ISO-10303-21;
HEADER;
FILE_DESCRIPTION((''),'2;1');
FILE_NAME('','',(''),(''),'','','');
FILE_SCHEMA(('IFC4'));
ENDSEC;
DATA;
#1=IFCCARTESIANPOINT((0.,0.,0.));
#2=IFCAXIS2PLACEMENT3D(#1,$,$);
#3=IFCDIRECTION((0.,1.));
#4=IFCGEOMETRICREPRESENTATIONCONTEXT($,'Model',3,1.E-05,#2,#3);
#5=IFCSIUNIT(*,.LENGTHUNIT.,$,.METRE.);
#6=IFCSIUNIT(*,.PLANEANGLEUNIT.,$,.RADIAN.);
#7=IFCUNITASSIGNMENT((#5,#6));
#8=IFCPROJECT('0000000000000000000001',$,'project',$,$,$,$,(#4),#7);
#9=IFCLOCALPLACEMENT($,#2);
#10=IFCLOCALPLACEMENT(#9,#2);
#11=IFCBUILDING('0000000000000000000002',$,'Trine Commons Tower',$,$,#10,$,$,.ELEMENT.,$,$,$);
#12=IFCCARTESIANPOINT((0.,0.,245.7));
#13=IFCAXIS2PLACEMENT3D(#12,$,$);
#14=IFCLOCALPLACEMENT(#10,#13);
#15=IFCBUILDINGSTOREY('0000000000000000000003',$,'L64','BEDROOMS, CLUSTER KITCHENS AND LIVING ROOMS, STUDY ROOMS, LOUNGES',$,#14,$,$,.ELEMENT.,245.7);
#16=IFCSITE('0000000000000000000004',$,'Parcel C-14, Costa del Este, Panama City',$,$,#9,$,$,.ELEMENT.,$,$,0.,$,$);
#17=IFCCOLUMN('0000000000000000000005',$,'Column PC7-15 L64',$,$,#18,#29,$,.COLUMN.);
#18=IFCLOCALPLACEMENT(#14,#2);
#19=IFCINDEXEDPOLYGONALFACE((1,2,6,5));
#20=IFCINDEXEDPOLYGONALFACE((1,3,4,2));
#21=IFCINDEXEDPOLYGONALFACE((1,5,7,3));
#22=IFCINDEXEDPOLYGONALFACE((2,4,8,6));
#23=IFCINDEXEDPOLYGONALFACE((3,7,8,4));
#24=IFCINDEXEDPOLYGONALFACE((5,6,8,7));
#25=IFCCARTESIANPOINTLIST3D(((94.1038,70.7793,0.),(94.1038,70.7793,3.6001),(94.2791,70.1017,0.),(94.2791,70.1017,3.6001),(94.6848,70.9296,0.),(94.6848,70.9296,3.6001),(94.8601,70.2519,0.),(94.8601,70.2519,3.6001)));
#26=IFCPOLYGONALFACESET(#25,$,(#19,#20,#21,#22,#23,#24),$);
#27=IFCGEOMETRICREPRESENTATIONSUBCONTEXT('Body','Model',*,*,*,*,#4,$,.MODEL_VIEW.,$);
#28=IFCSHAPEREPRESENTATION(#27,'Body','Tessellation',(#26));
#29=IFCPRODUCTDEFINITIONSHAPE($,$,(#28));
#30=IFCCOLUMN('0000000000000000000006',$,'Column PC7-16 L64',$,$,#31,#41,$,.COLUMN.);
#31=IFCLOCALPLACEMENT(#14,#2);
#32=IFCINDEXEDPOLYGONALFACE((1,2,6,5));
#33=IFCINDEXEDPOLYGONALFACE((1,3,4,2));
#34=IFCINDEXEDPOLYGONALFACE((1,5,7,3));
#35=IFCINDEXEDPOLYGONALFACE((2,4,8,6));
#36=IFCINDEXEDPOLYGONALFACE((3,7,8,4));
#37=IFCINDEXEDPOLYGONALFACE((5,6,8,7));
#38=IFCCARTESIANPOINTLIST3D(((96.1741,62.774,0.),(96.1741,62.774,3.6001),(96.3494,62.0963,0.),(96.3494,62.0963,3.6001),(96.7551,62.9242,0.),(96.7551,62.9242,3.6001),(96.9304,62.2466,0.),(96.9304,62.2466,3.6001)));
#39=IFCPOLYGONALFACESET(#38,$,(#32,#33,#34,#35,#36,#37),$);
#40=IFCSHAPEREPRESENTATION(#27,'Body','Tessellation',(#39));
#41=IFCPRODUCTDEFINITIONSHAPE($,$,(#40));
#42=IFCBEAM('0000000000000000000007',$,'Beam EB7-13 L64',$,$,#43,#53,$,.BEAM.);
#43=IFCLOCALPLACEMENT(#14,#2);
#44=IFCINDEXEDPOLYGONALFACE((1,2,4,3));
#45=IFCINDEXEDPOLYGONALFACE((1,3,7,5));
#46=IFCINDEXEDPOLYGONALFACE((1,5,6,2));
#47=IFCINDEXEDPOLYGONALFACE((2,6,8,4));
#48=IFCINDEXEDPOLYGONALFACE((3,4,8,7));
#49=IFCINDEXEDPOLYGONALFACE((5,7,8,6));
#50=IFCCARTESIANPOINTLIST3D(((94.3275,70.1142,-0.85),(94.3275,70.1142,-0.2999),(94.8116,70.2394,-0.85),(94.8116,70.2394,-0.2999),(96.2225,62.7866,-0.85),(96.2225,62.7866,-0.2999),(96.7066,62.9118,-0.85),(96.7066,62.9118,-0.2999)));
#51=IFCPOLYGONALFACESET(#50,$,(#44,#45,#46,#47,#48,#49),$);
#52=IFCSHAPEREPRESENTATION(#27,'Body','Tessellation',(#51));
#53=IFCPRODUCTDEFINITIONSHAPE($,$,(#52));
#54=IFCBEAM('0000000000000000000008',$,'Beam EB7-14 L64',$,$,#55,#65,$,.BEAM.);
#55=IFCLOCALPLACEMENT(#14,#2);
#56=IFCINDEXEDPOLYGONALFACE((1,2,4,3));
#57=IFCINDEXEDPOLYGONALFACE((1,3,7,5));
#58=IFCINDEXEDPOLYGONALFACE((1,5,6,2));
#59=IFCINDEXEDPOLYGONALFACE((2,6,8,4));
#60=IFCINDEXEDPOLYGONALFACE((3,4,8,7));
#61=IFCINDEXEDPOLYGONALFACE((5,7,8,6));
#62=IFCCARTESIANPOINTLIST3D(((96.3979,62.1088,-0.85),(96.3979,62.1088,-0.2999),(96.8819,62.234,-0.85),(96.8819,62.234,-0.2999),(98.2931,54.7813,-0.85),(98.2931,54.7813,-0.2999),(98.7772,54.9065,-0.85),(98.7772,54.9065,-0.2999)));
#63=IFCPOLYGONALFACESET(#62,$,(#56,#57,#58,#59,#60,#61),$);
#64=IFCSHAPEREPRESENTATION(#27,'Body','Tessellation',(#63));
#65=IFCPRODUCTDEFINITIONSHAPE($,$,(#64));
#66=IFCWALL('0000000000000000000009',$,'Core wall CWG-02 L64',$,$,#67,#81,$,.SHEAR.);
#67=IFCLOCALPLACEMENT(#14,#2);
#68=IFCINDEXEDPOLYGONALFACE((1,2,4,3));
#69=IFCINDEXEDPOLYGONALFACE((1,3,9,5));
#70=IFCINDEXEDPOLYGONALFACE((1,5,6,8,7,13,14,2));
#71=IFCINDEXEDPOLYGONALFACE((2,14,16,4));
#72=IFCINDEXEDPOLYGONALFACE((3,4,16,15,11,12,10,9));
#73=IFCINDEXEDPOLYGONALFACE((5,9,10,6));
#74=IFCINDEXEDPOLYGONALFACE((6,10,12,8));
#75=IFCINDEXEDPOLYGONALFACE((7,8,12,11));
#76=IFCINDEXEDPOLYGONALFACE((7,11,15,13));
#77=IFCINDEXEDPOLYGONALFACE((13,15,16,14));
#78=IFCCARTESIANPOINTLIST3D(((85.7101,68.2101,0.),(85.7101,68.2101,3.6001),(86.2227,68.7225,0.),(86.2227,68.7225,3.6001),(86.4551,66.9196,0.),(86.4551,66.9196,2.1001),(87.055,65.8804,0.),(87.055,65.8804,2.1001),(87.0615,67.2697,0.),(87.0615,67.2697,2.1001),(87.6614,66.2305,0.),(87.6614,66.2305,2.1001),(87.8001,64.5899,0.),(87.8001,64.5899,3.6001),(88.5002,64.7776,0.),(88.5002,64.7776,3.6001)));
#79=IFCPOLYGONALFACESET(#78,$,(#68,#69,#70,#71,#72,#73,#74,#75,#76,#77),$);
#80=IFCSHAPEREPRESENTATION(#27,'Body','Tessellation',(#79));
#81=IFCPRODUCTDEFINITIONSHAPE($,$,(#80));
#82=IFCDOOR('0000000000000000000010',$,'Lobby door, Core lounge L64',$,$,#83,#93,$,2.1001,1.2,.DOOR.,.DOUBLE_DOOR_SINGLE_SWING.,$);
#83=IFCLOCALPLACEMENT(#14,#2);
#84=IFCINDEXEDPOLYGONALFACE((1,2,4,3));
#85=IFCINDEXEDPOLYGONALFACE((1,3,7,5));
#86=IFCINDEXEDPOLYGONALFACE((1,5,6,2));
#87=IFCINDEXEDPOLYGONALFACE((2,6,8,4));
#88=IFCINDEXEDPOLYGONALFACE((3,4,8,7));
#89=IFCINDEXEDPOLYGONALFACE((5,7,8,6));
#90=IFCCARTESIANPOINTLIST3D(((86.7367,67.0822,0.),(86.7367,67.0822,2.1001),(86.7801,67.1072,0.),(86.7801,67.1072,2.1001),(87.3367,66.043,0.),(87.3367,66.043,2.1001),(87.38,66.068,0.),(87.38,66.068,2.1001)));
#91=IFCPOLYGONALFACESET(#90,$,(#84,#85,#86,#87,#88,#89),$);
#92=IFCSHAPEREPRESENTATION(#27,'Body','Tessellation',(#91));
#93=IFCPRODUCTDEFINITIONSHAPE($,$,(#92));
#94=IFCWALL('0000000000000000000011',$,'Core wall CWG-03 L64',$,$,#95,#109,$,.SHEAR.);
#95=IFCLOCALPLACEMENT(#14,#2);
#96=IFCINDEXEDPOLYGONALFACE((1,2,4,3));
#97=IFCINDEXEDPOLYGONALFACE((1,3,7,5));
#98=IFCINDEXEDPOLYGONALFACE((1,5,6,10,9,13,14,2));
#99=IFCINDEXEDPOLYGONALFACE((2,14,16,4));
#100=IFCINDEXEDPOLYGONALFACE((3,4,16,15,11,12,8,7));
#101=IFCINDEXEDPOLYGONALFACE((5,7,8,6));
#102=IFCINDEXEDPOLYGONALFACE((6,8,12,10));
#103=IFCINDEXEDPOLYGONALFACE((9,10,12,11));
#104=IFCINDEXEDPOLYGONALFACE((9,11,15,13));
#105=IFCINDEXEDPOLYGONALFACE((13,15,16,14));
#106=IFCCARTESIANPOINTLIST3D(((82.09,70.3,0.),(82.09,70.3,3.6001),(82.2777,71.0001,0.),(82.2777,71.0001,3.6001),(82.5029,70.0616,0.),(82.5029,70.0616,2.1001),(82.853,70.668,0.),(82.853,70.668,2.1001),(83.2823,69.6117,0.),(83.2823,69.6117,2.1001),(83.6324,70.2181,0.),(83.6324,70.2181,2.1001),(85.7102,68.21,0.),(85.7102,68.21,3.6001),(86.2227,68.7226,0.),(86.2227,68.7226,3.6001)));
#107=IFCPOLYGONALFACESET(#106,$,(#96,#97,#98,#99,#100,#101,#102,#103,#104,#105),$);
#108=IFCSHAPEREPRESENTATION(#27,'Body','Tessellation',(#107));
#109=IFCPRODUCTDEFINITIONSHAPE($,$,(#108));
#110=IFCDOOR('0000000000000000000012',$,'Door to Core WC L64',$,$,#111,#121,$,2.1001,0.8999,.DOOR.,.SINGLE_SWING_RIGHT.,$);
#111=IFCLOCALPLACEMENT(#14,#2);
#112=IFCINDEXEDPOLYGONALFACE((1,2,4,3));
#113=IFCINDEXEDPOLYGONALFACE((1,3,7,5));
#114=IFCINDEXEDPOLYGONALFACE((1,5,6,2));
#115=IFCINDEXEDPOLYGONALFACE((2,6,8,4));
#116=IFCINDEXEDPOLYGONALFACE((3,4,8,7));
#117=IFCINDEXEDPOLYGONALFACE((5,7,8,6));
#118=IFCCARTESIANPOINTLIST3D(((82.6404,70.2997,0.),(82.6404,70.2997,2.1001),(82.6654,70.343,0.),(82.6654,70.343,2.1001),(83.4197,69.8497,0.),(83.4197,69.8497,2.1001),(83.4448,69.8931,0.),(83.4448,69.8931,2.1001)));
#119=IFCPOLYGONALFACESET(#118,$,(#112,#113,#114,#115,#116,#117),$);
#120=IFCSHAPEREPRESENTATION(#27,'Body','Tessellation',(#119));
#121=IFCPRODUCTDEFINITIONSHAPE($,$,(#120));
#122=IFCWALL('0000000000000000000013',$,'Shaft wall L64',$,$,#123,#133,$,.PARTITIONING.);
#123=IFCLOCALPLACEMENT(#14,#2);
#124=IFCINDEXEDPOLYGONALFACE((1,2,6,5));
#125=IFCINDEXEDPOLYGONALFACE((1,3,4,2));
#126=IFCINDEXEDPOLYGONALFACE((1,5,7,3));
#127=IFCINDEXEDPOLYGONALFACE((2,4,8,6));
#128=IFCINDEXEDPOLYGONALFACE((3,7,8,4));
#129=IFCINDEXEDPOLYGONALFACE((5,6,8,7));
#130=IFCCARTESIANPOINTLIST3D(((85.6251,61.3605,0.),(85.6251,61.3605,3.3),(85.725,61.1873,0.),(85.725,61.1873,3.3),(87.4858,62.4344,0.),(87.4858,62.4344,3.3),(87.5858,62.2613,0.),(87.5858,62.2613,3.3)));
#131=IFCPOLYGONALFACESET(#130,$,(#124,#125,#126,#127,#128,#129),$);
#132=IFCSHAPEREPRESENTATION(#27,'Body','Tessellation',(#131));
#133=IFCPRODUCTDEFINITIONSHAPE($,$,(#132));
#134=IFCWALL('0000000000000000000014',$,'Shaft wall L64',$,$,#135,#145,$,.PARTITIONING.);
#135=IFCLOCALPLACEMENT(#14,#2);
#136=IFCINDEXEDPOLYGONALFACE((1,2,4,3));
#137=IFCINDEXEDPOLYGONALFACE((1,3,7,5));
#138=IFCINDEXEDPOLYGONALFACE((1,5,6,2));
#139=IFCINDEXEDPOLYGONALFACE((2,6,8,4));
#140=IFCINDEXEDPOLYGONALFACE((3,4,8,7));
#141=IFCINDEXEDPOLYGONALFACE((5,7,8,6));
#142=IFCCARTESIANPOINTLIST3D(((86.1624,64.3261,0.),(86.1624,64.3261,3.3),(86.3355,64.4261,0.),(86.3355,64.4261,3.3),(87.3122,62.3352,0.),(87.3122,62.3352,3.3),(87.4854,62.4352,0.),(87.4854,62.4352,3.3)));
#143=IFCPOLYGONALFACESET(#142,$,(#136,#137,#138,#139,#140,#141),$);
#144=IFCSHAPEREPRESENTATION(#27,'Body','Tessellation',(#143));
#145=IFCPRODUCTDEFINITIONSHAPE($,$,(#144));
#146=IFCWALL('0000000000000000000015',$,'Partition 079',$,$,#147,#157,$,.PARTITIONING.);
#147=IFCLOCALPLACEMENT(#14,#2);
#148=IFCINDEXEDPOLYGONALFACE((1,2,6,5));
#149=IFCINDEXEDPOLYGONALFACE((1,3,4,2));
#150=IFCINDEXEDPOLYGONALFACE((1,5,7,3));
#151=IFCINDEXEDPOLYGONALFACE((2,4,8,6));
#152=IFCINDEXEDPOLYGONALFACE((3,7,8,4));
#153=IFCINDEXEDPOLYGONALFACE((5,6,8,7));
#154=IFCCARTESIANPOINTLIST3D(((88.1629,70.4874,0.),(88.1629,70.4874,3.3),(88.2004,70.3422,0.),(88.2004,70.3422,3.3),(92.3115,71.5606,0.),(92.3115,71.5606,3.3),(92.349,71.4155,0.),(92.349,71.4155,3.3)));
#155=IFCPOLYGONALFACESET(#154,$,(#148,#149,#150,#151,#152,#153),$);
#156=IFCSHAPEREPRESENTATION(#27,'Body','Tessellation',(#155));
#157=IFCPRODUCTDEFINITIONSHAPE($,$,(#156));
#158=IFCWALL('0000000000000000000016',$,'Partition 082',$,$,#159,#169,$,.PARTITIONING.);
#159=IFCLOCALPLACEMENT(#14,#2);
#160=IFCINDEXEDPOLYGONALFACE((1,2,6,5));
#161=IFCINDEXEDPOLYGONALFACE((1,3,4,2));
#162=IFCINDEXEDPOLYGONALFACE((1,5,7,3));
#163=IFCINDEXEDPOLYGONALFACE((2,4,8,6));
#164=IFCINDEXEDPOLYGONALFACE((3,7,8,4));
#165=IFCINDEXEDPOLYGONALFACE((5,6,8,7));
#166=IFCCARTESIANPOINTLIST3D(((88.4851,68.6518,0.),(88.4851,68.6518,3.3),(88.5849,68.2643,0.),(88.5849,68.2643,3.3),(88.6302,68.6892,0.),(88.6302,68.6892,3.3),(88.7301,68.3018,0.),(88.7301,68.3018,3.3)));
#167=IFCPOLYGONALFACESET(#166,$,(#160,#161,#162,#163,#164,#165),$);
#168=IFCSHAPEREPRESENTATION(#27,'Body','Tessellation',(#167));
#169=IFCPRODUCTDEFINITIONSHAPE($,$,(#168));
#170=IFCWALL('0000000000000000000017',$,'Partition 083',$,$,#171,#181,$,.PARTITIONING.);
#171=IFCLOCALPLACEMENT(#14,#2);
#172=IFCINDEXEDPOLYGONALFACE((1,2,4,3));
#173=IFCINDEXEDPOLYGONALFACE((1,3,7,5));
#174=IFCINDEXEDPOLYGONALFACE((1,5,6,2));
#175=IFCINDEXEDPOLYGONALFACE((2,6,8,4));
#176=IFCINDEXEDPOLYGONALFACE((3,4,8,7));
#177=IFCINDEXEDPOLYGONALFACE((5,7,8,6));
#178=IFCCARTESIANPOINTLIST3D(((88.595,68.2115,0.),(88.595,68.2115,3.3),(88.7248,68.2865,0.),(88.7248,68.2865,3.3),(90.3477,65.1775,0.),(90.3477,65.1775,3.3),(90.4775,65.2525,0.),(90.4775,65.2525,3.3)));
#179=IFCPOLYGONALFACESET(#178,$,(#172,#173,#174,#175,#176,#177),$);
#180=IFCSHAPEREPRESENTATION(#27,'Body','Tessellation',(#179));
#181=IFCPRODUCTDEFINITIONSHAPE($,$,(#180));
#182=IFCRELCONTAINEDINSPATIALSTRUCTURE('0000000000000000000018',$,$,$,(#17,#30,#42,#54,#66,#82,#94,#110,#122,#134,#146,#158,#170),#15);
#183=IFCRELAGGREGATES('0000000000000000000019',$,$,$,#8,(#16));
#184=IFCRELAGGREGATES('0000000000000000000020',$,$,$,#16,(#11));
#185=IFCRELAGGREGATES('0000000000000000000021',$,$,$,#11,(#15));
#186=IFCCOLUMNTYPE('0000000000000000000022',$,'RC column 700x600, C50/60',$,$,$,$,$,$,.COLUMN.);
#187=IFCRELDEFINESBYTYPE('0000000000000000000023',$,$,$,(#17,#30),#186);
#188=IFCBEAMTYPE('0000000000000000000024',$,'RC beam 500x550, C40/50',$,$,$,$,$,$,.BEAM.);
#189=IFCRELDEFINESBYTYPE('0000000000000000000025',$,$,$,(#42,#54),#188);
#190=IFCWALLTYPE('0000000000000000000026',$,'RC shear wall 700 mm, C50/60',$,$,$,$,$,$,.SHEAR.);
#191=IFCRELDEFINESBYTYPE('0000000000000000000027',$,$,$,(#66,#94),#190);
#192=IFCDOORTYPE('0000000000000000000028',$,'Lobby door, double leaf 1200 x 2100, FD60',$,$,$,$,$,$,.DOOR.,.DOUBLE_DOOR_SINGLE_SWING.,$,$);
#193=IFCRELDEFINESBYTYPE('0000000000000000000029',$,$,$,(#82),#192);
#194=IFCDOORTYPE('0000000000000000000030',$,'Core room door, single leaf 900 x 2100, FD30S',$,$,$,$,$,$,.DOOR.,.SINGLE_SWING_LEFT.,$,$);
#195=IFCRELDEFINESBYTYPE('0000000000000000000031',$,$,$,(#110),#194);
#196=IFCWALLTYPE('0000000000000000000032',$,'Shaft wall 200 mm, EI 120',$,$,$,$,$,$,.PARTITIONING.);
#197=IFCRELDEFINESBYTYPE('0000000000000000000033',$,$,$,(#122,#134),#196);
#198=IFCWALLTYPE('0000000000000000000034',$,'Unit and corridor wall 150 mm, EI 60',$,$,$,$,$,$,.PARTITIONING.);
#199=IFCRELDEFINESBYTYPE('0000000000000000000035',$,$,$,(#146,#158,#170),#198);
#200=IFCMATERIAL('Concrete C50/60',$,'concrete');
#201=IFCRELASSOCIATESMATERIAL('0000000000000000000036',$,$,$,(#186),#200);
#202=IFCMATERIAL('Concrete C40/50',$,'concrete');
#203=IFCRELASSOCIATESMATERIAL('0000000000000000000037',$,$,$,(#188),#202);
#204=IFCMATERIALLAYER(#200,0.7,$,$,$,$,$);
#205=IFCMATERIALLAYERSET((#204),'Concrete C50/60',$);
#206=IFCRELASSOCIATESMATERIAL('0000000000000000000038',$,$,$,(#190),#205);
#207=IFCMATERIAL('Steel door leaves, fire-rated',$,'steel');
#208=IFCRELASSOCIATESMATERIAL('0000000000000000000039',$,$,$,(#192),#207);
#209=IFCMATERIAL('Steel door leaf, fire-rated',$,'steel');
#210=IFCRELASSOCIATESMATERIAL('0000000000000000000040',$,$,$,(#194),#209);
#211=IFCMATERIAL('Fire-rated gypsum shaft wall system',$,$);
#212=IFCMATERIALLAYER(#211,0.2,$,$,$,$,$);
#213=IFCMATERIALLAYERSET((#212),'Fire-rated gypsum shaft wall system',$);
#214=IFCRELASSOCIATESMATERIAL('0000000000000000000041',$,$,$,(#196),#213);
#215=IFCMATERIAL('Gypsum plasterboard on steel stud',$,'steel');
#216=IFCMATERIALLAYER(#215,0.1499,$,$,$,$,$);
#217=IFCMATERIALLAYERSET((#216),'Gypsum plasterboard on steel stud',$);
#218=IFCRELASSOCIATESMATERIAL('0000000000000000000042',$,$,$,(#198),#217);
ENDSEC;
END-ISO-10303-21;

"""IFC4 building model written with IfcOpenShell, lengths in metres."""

from ifc_helpers import new_model, si_unit, direction, frame, frame_2d, origin, origin_2d, place, context, subcontext, project, spatial, polyline, rectangle, outline, extrude, material, layer, layer_set, material_profile, profile_set, type_object, element, fill, save


model = new_model("IFC4")

# Units and contexts
model_context = context("Model", 3, precision=1e-05, world=origin(), true_north=direction((0.0, 1.0)))
body_context = subcontext(model_context, "Body", "Model", "MODEL_VIEW")
ifc_project = project(units=[si_unit("LENGTHUNIT", "METRE"), si_unit("PLANEANGLEUNIT", "RADIAN")], contexts=[model_context])

# Site, building, storey
site_placement = place(None, origin())
site = spatial("IfcSite", under=ifc_project, at=site_placement, Name="Parcel C-14, Costa del Este, Panama City", CompositionType="ELEMENT", RefElevation=0.0)
building_placement = place(site_placement, origin())
building = spatial("IfcBuilding", under=site, at=building_placement, Name="Trine Commons Tower", CompositionType="ELEMENT")
storey_placement = place(building_placement, frame((0.0, 0.0, 245.7)))
storey = spatial("IfcBuildingStorey", under=building, at=storey_placement, Name="L64", Description="BEDROOMS, CLUSTER KITCHENS AND LIVING ROOMS, STUDY ROOMS, LOUNGES", CompositionType="ELEMENT", Elevation=245.7)

# Columns
ifc_material_1 = material(Name="Concrete C50/60", Category="concrete")
ifc_material_profile_1 = material_profile(ifc_material_1, rectangle(XDim=0.7, YDim=0.6001, at=origin_2d()), Name="RC 700x600")
ifc_profile_set_1 = profile_set([ifc_material_profile_1], Name="Concrete C50/60")
column_type = type_object("IfcColumnType", Name="RC column 700x600, C50/60", PredefinedType="COLUMN", material=ifc_profile_set_1)
for number, where, z_axis, x_axis, name in (
    (1, (94.4819, 70.5156, 0.0), (0.0, 0.0, 1.0), (-0.25038, 0.968148, 0.0), "Column PC7-15 L64"),
    (2, (96.5522, 62.5103, 0.0), (0.0, 0.0, 1.0), (-0.25038, 0.968148, 0.0), "Column PC7-16 L64"),
):
    element("IfcColumn", number, at=place(storey_placement, frame(where, z_axis=z_axis, x_axis=x_axis)), inside=storey, type_object=column_type, Name=name, PredefinedType="COLUMN", context=body_context, shape_type="SweptSolid", body=[
        extrude(rectangle(XDim=0.7, YDim=0.6001, at=origin_2d()), origin(), (0.0, 0.0, 1.0), 3.6001),
    ])

# Beams
ifc_material_2 = material(Name="Concrete C40/50", Category="concrete")
ifc_material_profile_2 = material_profile(ifc_material_2, rectangle(XDim=0.5, YDim=0.55, at=origin_2d()), Name="RC 500x550")
ifc_profile_set_2 = profile_set([ifc_material_profile_2], Name="Concrete C40/50")
beam_type = type_object("IfcBeamType", Name="RC beam 500x550, C40/50", PredefinedType="BEAM", material=ifc_profile_set_2)
for number, where, z_axis, x_axis, name in (
    (3, (94.5696, 70.1768, -0.575), (0.250376, -0.968149, 0.0), (0.968149, 0.250376, 0.0), "Beam EB7-13 L64"),
    (4, (96.6399, 62.1714, -0.575), (0.250414, -0.968139, 0.0), (0.968139, 0.250414, 0.0), "Beam EB7-14 L64"),
):
    element("IfcBeam", number, at=place(storey_placement, frame(where, z_axis=z_axis, x_axis=x_axis)), inside=storey, type_object=beam_type, Name=name, PredefinedType="BEAM", context=body_context, shape_type="SweptSolid", body=[
        extrude(rectangle(XDim=0.5, YDim=0.55, at=origin_2d()), origin(), (0.0, 0.0, 1.0), 7.5686),
    ])

# Walls, openings, doors
ifc_layer_1 = layer(ifc_material_1, 0.7)
ifc_layer_set_1 = layer_set([ifc_layer_1], Name="Concrete C50/60")
wall_type_1 = type_object("IfcWallType", Name="RC shear wall 700 mm, C50/60", PredefinedType="SHEAR", material=ifc_layer_set_1)
wall_1_placement = place(storey_placement, frame((88.197, 64.6025, 0.0), z_axis=(0.0, 0.0, 1.0), x_axis=(-0.499984, 0.866035, 0.0)))
wall_1 = element("IfcWall", 5, at=wall_1_placement, inside=storey, type_object=wall_type_1, Name="Core wall CWG-02 L64", PredefinedType="SHEAR", context=body_context, shape_type="SweptSolid", body=[
    extrude(outline(polyline([(0.0, -0.3501), (4.5552, -0.3501), (4.3677, 0.3501), (0.1875, 0.3501), (0.0, -0.3501)])), origin(), (0.0, 0.0, 1.0), 3.6001),
])
opening_1_placement = place(wall_1_placement, frame((1.6775, 0.0, 0.0)))
opening_1 = element("IfcOpeningElement", 6, at=opening_1_placement, cuts=wall_1, PredefinedType="OPENING", context=body_context, shape_type="SweptSolid", body=[
    extrude(rectangle(XDim=1.2, YDim=2.1001, at=frame_2d((0.6001, 1.05))), frame((0.0, 0.3599, 0.0), z_axis=(0.0, -1.0, 0.0), x_axis=(1.0, 0.0, 0.0)), (0.0, 0.0, 1.0), 0.72),
])
ifc_material_3 = material(Name="Steel door leaves, fire-rated", Category="steel")
door_type_1 = type_object("IfcDoorType", Name="Lobby door, double leaf 1200 x 2100, FD60", OperationType="DOUBLE_DOOR_SINGLE_SWING", PredefinedType="DOOR", material=ifc_material_3)
door_1_placement = place(opening_1_placement, origin())
door_1 = element("IfcDoor", 7, at=door_1_placement, inside=storey, type_object=door_type_1, Name="Lobby door, Core lounge L64", OperationType="DOUBLE_DOOR_SINGLE_SWING", OverallHeight=2.1001, OverallWidth=1.2, PredefinedType="DOOR", context=body_context, shape_type="SweptSolid", body=[
    extrude(rectangle(XDim=1.2, YDim=2.1001, at=frame_2d((0.6001, 1.05))), frame((0.0, 0.0249, 0.0), z_axis=(0.0, -1.0, 0.0), x_axis=(1.0, 0.0, 0.0)), (0.0, 0.0, 1.0), 0.05),
])
fill(opening_1, door_1)
wall_2_placement = place(storey_placement, frame((86.0476, 68.4194, 0.0), z_axis=(0.0, 0.0, 1.0), x_axis=(-0.866035, 0.499984, 0.0)))
wall_2 = element("IfcWall", 8, at=wall_2_placement, inside=storey, type_object=wall_type_1, Name="Core wall CWG-03 L64", PredefinedType="SHEAR", context=body_context, shape_type="SweptSolid", body=[
    extrude(outline(polyline([(0.0, -0.3501), (4.5552, -0.3501), (4.3677, 0.3501), (0.1875, 0.3501), (0.0, -0.3501)])), origin(), (0.0, 0.0, 1.0), 3.6001),
])
opening_2_placement = place(wall_2_placement, frame((2.991, 0.0, 0.0)))
opening_2 = element("IfcOpeningElement", 9, at=opening_2_placement, cuts=wall_2, PredefinedType="OPENING", context=body_context, shape_type="SweptSolid", body=[
    extrude(rectangle(XDim=0.8999, YDim=2.1001, at=frame_2d((0.45, 1.05))), frame((0.0, 0.3599, 0.0), z_axis=(0.0, -1.0, 0.0), x_axis=(1.0, 0.0, 0.0)), (0.0, 0.0, 1.0), 0.72),
])
ifc_material_4 = material(Name="Steel door leaf, fire-rated", Category="steel")
door_type_2 = type_object("IfcDoorType", Name="Core room door, single leaf 900 x 2100, FD30S", OperationType="SINGLE_SWING_LEFT", PredefinedType="DOOR", material=ifc_material_4)
door_2_placement = place(opening_2_placement, origin())
door_2 = element("IfcDoor", 10, at=door_2_placement, inside=storey, type_object=door_type_2, Name="Door to Core WC L64", OperationType="SINGLE_SWING_RIGHT", OverallHeight=2.1001, OverallWidth=0.8999, PredefinedType="DOOR", context=body_context, shape_type="SweptSolid", body=[
    extrude(rectangle(XDim=0.8999, YDim=2.1001, at=frame_2d((0.45, 1.05))), frame((0.0, 0.0752, 0.0), z_axis=(0.0, -1.0, 0.0), x_axis=(1.0, 0.0, 0.0)), (0.0, 0.0, 1.0), 0.05),
])
fill(opening_2, door_2)

# Walls
ifc_material_5 = material(Name="Fire-rated gypsum shaft wall system")
ifc_layer_2 = layer(ifc_material_5, 0.2)
ifc_layer_set_2 = layer_set([ifc_layer_2], Name="Fire-rated gypsum shaft wall system")
wall_type_2 = type_object("IfcWallType", Name="Shaft wall 200 mm, EI 120", PredefinedType="PARTITIONING", material=ifc_layer_set_2)
wall_3_placement = place(storey_placement, frame((85.675, 61.2739, 0.0), z_axis=(0.0, 0.0, 1.0), x_axis=(0.866102, 0.499867, 0.0)))
element("IfcWall", 11, at=wall_3_placement, inside=storey, type_object=wall_type_2, Name="Shaft wall L64", PredefinedType="PARTITIONING", context=body_context, shape_type="SweptSolid", body=[
    extrude(rectangle(XDim=2.1484, YDim=0.2, at=frame_2d((1.0742, 0.0))), origin(), (0.0, 0.0, 1.0), 3.3),
])
wall_4_placement = place(storey_placement, frame((86.249, 64.376, 0.0), z_axis=(0.0, 0.0, 1.0), x_axis=(0.500136, -0.865947, 0.0)))
element("IfcWall", 12, at=wall_4_placement, inside=storey, type_object=wall_type_2, Name="Shaft wall L64", PredefinedType="PARTITIONING", context=body_context, shape_type="SweptSolid", body=[
    extrude(rectangle(XDim=2.2991, YDim=0.2, at=frame_2d((1.1494, 0.0))), origin(), (0.0, 0.0, 1.0), 3.3),
])
ifc_material_6 = material(Name="Gypsum plasterboard on steel stud", Category="steel")
ifc_layer_3 = layer(ifc_material_6, 0.1499)
ifc_layer_set_3 = layer_set([ifc_layer_3], Name="Gypsum plasterboard on steel stud")
wall_type_3 = type_object("IfcWallType", Name="Unit and corridor wall 150 mm, EI 60", PredefinedType="PARTITIONING", material=ifc_layer_set_3)
wall_5_placement = place(storey_placement, frame((88.1816, 70.4148, 0.0), z_axis=(0.0, 0.0, 1.0), x_axis=(0.96813, 0.25045, 0.0)))
element("IfcWall", 13, at=wall_5_placement, inside=storey, type_object=wall_type_3, Name="Partition 079", PredefinedType="PARTITIONING", context=body_context, shape_type="SweptSolid", body=[
    extrude(rectangle(XDim=4.2852, YDim=0.1499, at=frame_2d((2.1426, 0.0))), origin(), (0.0, 0.0, 1.0), 3.3),
])
wall_6_placement = place(storey_placement, frame((88.5576, 68.6707, 0.0), z_axis=(0.0, 0.0, 1.0), x_axis=(0.249564, -0.968358, 0.0)))
element("IfcWall", 14, at=wall_6_placement, inside=storey, type_object=wall_type_3, Name="Partition 082", PredefinedType="PARTITIONING", context=body_context, shape_type="SweptSolid", body=[
    extrude(rectangle(XDim=0.4001, YDim=0.1499, at=frame_2d((0.2002, 0.0))), origin(), (0.0, 0.0, 1.0), 3.3),
])
wall_7_placement = place(storey_placement, frame((88.6599, 68.249, 0.0), z_axis=(0.0, 0.0, 1.0), x_axis=(0.500223, -0.865897, 0.0)))
element("IfcWall", 15, at=wall_7_placement, inside=storey, type_object=wall_type_3, Name="Partition 083", PredefinedType="PARTITIONING", context=body_context, shape_type="SweptSolid", body=[
    extrude(rectangle(XDim=3.5039, YDim=0.1499, at=frame_2d((1.752, 0.0))), origin(), (0.0, 0.0, 1.0), 3.3),
])

save(model, "model.ifc")
